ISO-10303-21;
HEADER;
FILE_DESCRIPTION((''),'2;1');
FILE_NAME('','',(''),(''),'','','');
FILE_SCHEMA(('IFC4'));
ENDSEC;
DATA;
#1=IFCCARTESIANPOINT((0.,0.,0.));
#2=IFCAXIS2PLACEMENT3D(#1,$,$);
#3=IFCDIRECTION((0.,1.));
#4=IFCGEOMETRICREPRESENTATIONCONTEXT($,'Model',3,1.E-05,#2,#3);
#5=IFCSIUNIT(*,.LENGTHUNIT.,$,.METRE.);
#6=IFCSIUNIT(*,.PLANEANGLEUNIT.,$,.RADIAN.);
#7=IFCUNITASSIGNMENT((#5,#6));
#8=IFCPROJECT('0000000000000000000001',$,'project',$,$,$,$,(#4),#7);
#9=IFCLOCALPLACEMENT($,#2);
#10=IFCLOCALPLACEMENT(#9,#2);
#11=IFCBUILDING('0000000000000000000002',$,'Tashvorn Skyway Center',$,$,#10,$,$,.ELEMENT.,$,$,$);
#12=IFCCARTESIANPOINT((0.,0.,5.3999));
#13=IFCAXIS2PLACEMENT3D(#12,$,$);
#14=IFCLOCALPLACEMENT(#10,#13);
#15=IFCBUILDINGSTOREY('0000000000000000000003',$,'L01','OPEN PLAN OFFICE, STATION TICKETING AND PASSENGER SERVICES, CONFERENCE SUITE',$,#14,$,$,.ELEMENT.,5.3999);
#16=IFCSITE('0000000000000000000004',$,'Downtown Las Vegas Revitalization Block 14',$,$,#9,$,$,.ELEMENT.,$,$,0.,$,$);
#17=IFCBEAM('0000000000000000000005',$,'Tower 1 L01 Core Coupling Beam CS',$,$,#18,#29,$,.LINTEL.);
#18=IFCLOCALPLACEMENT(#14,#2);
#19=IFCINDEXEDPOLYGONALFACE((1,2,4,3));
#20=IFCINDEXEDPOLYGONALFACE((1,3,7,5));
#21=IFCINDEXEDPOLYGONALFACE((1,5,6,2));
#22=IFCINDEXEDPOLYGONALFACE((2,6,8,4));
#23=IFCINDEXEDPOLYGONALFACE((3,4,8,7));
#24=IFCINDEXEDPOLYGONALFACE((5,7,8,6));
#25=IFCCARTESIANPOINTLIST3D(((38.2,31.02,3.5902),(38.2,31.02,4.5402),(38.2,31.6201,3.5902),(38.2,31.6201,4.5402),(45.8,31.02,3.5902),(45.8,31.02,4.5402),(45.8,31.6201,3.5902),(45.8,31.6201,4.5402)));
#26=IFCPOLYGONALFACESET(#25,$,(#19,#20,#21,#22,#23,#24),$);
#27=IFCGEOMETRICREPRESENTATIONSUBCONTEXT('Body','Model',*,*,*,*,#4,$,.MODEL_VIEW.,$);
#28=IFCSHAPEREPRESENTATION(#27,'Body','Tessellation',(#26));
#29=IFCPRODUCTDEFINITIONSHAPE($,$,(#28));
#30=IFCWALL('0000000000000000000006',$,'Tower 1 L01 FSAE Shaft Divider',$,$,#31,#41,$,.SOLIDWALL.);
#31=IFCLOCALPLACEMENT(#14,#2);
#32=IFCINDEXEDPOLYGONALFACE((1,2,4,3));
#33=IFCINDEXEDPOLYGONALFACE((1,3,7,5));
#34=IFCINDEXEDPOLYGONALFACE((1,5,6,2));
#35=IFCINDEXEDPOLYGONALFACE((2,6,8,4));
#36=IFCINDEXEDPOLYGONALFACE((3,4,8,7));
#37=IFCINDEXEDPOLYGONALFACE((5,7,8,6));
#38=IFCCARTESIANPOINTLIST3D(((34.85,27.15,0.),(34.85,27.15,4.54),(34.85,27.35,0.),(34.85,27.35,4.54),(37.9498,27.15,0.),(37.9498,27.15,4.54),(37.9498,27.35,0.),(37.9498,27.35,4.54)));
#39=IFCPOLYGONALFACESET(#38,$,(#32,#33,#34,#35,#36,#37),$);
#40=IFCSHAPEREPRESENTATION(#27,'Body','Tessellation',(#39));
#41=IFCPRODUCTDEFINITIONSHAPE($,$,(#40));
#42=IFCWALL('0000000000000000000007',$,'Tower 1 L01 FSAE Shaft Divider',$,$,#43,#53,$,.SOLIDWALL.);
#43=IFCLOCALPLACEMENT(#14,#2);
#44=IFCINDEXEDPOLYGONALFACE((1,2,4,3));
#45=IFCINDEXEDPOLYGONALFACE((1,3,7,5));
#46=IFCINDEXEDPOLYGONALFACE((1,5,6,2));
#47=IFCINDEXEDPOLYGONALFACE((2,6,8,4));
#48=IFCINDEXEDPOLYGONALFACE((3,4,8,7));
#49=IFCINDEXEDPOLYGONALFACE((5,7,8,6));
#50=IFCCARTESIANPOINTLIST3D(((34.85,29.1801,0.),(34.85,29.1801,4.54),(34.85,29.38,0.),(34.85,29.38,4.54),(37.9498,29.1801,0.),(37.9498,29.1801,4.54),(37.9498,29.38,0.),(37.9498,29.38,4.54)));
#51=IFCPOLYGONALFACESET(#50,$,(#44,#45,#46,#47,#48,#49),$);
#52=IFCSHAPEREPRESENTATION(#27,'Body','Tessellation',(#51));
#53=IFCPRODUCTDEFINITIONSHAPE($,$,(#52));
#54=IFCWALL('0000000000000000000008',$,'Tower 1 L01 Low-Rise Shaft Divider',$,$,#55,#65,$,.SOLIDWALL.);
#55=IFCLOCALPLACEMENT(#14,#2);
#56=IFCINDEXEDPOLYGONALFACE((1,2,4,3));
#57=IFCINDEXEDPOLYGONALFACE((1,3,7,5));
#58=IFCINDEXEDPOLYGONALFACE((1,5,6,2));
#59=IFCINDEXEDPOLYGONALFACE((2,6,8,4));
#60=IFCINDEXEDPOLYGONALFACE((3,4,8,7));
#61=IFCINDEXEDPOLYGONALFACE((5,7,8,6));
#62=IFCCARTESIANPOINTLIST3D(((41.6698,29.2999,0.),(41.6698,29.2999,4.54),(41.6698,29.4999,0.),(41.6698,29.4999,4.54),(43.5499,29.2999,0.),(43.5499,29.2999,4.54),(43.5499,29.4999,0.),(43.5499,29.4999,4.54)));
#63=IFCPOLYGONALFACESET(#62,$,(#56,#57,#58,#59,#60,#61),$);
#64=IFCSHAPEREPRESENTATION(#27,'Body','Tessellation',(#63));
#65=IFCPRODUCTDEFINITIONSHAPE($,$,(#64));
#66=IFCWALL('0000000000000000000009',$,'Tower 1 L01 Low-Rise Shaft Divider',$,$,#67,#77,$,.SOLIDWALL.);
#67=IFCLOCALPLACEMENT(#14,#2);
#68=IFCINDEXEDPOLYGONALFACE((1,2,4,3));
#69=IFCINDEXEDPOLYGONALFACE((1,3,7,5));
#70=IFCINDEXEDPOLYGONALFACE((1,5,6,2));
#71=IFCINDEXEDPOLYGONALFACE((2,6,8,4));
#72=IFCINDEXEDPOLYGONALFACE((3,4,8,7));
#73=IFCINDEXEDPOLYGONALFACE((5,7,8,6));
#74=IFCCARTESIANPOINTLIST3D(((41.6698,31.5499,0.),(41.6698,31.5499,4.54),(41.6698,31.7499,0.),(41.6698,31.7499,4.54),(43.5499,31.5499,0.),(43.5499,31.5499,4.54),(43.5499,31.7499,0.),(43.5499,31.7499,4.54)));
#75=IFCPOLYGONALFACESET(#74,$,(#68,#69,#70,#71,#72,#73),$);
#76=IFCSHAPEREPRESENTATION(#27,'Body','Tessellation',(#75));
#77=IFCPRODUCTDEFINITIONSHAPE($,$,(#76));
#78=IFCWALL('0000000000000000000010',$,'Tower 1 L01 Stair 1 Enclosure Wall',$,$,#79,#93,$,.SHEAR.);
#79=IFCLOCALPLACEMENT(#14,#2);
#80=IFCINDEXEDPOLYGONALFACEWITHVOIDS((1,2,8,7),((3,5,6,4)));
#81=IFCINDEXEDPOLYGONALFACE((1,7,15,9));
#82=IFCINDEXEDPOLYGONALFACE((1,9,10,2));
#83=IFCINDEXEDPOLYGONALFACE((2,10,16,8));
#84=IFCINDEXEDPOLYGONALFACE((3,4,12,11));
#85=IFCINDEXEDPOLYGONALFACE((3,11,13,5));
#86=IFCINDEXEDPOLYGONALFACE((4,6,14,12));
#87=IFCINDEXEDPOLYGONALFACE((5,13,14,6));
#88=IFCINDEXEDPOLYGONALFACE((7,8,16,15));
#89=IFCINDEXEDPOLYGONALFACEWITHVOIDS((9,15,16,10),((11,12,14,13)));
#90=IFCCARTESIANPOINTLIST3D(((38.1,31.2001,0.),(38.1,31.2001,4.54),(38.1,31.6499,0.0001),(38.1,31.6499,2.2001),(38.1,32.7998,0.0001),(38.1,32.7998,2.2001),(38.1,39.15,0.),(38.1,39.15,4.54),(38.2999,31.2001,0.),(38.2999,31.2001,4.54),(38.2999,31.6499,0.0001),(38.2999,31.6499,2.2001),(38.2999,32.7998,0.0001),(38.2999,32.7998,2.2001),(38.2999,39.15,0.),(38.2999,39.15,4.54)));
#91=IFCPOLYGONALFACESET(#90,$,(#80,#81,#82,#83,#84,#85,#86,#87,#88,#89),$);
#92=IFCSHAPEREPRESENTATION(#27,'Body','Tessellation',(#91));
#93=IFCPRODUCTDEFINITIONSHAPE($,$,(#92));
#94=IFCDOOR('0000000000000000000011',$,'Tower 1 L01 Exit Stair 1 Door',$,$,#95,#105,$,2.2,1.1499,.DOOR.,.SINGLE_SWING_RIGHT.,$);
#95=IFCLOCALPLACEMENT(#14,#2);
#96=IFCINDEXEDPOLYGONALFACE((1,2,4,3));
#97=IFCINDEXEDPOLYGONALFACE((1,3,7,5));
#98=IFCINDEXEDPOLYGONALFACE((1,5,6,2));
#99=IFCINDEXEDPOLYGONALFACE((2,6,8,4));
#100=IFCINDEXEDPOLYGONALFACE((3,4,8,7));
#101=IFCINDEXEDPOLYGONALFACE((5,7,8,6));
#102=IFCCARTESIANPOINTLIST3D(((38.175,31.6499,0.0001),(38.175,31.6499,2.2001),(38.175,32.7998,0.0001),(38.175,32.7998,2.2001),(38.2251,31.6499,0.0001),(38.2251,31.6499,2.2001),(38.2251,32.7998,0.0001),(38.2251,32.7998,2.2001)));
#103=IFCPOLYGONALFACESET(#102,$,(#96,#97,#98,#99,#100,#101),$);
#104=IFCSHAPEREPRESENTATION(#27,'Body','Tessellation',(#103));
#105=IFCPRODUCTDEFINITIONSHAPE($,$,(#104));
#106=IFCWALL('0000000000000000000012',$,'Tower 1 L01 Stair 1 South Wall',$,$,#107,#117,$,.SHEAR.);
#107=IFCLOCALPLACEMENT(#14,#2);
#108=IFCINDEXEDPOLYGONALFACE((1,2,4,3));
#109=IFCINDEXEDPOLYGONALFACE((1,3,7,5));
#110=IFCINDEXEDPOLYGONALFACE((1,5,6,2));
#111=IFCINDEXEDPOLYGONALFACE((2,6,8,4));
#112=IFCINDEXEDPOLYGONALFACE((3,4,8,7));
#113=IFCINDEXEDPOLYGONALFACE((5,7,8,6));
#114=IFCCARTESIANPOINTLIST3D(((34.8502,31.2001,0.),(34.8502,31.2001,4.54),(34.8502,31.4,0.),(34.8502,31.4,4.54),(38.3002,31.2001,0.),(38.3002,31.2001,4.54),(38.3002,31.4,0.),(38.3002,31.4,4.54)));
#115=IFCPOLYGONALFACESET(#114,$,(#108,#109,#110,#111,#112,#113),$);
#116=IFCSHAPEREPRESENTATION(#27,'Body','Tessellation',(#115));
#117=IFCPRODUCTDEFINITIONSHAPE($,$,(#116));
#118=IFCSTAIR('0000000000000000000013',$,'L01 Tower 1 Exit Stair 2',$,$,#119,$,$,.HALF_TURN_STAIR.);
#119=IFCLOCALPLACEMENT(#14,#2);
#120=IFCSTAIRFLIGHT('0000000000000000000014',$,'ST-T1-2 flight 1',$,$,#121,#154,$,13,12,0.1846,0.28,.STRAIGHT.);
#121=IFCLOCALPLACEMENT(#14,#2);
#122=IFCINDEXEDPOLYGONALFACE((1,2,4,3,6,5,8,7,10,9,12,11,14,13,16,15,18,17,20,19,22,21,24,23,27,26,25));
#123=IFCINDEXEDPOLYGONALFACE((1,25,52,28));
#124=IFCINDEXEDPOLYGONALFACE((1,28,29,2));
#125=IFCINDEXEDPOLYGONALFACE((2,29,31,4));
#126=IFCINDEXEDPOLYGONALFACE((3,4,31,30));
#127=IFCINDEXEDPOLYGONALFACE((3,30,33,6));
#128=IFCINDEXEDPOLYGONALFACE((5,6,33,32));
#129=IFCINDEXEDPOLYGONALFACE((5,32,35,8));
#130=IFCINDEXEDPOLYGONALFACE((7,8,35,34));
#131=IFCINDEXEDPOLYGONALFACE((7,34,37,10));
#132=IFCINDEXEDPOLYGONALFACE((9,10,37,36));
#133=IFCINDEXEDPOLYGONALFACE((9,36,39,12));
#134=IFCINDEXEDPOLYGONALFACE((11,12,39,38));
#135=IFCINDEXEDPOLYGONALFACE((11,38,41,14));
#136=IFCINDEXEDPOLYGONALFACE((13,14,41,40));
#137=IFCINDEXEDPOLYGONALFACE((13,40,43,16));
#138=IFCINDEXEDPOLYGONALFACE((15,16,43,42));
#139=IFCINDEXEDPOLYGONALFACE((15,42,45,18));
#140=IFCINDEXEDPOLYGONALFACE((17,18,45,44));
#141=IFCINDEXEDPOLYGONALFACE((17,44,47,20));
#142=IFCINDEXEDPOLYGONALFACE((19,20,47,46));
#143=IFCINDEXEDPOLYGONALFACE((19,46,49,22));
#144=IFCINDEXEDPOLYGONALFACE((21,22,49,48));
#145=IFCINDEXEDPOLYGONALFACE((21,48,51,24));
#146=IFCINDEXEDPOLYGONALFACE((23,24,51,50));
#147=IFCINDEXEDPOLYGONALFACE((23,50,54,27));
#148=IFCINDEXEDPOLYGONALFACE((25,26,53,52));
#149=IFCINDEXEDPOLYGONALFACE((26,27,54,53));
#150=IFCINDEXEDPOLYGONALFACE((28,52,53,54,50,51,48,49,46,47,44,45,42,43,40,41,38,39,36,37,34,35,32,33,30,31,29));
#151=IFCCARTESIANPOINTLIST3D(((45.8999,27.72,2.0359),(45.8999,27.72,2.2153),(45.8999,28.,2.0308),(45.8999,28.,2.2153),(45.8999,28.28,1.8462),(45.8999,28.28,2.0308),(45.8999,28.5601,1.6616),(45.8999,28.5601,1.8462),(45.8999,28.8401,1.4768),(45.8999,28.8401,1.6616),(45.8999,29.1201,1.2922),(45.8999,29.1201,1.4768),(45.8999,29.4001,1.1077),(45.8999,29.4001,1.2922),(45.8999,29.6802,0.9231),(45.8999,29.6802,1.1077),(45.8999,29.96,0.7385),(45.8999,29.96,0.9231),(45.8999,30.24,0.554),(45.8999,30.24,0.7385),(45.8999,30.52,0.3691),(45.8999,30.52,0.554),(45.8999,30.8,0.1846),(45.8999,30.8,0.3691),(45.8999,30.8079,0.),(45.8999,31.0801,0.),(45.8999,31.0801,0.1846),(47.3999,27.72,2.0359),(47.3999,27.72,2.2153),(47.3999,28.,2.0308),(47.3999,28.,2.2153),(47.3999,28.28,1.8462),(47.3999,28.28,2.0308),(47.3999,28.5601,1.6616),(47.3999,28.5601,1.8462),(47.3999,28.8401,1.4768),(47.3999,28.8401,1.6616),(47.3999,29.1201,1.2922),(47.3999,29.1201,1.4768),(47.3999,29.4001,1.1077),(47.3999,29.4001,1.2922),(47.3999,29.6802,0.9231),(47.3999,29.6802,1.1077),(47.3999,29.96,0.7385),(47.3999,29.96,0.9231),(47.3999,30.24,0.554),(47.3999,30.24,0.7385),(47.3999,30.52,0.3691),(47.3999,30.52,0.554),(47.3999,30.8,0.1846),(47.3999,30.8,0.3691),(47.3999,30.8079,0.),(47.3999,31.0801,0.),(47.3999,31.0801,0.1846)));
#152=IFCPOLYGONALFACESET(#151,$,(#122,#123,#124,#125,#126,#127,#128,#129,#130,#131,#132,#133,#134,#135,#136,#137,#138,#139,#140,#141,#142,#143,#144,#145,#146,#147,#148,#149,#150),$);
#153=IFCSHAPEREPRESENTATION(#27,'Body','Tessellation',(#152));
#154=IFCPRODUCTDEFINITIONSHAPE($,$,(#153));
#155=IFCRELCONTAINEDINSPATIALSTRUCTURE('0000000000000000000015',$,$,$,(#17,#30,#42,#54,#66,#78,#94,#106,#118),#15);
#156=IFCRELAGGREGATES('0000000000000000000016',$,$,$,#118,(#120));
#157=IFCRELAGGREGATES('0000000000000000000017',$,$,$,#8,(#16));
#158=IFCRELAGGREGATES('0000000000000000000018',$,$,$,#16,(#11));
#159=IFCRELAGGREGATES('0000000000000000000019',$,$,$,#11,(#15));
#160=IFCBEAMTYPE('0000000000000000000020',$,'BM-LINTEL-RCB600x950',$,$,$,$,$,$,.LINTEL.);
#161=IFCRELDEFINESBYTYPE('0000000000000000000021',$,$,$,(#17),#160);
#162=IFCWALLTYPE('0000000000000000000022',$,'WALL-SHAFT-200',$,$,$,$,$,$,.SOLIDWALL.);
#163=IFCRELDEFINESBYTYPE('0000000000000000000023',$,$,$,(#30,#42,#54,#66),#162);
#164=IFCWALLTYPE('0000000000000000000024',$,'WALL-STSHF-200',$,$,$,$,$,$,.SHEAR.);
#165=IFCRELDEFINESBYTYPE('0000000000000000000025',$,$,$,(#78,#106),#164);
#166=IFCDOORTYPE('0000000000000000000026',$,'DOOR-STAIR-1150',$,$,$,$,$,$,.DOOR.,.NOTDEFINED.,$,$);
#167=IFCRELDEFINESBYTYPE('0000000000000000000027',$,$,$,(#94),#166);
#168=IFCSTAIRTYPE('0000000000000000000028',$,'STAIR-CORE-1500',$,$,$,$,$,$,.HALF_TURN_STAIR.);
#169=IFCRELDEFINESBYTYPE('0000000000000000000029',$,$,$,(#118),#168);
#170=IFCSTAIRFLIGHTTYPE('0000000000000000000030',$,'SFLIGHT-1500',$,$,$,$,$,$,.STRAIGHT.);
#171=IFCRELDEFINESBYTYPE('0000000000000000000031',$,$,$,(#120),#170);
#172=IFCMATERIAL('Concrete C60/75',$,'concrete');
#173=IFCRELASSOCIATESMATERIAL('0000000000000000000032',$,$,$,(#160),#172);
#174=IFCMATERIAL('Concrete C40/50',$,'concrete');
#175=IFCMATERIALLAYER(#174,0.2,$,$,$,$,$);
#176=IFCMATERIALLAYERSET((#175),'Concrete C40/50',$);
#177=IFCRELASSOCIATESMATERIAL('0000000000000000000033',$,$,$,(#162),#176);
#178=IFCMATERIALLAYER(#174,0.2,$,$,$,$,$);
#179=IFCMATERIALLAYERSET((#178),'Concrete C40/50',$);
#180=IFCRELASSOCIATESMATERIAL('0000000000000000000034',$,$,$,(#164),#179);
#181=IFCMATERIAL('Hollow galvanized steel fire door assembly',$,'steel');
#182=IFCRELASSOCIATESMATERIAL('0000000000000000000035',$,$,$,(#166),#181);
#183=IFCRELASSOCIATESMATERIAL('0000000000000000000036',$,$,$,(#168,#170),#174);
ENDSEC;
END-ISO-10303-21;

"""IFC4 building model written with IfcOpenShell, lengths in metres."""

from ifc_helpers import new_model, si_unit, direction, frame, frame_2d, origin, origin_2d, place, context, subcontext, project, spatial, polyline, rectangle, outline, extrude, material, layer, layer_set, material_profile, profile_set, type_object, element, fill, aggregate, save


model = new_model("IFC4")

# Units and contexts
model_context = context("Model", 3, precision=1e-05, world=origin(), true_north=direction((0.0, 1.0)))
body_context = subcontext(model_context, "Body", "Model", "MODEL_VIEW")
ifc_project = project(units=[si_unit("LENGTHUNIT", "METRE"), si_unit("PLANEANGLEUNIT", "RADIAN")], contexts=[model_context])

# Site, building, storey
site_placement = place(None, origin())
site = spatial("IfcSite", under=ifc_project, at=site_placement, Name="Downtown Las Vegas Revitalization Block 14", CompositionType="ELEMENT", RefElevation=0.0)
building_placement = place(site_placement, origin())
building = spatial("IfcBuilding", under=site, at=building_placement, Name="Tashvorn Skyway Center", CompositionType="ELEMENT")
storey_placement = place(building_placement, frame((0.0, 0.0, 5.3999)))
storey = spatial("IfcBuildingStorey", under=building, at=storey_placement, Name="L01", Description="OPEN PLAN OFFICE, STATION TICKETING AND PASSENGER SERVICES, CONFERENCE SUITE", CompositionType="ELEMENT", Elevation=5.3999)

# Beam
ifc_material_1 = material(Name="Concrete C60/75", Category="concrete")
ifc_material_profile = material_profile(ifc_material_1, rectangle(XDim=0.6001, YDim=0.95, at=origin_2d()), Name="RCB600x950")
ifc_profile_set = profile_set([ifc_material_profile], Name="Concrete C60/75")
beam_type = type_object("IfcBeamType", Name="BM-LINTEL-RCB600x950", PredefinedType="LINTEL", material=ifc_profile_set)
beam_placement = place(storey_placement, frame((38.2, 31.3201, 4.0652), z_axis=(1.0, 0.0, 0.0), x_axis=(0.0, 1.0, 0.0)))
element("IfcBeam", 1, at=beam_placement, inside=storey, type_object=beam_type, Name="Tower 1 L01 Core Coupling Beam CS", PredefinedType="LINTEL", context=body_context, shape_type="SweptSolid", body=[
    extrude(rectangle(XDim=0.6001, YDim=0.95, at=origin_2d()), origin(), (0.0, 0.0, 1.0), 7.6001),
])

# Walls
ifc_material_2 = material(Name="Concrete C40/50", Category="concrete")
ifc_layer_1 = layer(ifc_material_2, 0.2)
ifc_layer_set_1 = layer_set([ifc_layer_1], Name="Concrete C40/50")
wall_type_1 = type_object("IfcWallType", Name="WALL-SHAFT-200", PredefinedType="SOLIDWALL", material=ifc_layer_set_1)
for number, where, z_axis, x_axis, name in (
    (2, (34.8501, 27.25, 0.0), (0.0, 0.0, 1.0), (1.0, 0.0, 0.0), "Tower 1 L01 FSAE Shaft Divider"),
    (3, (34.8501, 29.28, 0.0), (0.0, 0.0, 1.0), (1.0, 0.0, 0.0), "Tower 1 L01 FSAE Shaft Divider"),
):
    element("IfcWall", number, at=place(storey_placement, frame(where, z_axis=z_axis, x_axis=x_axis)), inside=storey, type_object=wall_type_1, Name=name, PredefinedType="SOLIDWALL", context=body_context, shape_type="SweptSolid", body=[
        extrude(rectangle(XDim=3.0999, YDim=0.2, at=frame_2d((1.5498, 0.0))), origin(), (0.0, 0.0, 1.0), 4.54),
    ])
for number, where, z_axis, x_axis, name in (
    (4, (41.6699, 29.3999, 0.0), (0.0, 0.0, 1.0), (1.0, 0.0, 0.0), "Tower 1 L01 Low-Rise Shaft Divider"),
    (5, (41.6699, 31.6499, 0.0), (0.0, 0.0, 1.0), (1.0, 0.0, 0.0), "Tower 1 L01 Low-Rise Shaft Divider"),
):
    element("IfcWall", number, at=place(storey_placement, frame(where, z_axis=z_axis, x_axis=x_axis)), inside=storey, type_object=wall_type_1, Name=name, PredefinedType="SOLIDWALL", context=body_context, shape_type="SweptSolid", body=[
        extrude(rectangle(XDim=1.8801, YDim=0.2, at=frame_2d((0.9399, 0.0))), origin(), (0.0, 0.0, 1.0), 4.54),
    ])

# Wall, opening, door
ifc_layer_2 = layer(ifc_material_2, 0.2)
ifc_layer_set_2 = layer_set([ifc_layer_2], Name="Concrete C40/50")
wall_type_2 = type_object("IfcWallType", Name="WALL-STSHF-200", PredefinedType="SHEAR", material=ifc_layer_set_2)
wall_1_placement = place(storey_placement, frame((38.2, 31.2, 0.0), z_axis=(0.0, 0.0, 1.0), x_axis=(0.0, 1.0, 0.0)))
wall_1 = element("IfcWall", 6, at=wall_1_placement, inside=storey, type_object=wall_type_2, Name="Tower 1 L01 Stair 1 Enclosure Wall", PredefinedType="SHEAR", context=body_context, shape_type="SweptSolid", body=[
    extrude(rectangle(XDim=7.95, YDim=0.2, at=frame_2d((3.9751, 0.0))), origin(), (0.0, 0.0, 1.0), 4.54),
])
opening_placement = place(wall_1_placement, frame((0.45, 0.0, 0.0)))
opening = element("IfcOpeningElement", 7, at=opening_placement, cuts=wall_1, PredefinedType="OPENING", context=body_context, shape_type="SweptSolid", body=[
    extrude(rectangle(XDim=1.1499, YDim=2.2, at=frame_2d((0.575, 1.1001))), frame((0.0, 0.1099, 0.0), z_axis=(0.0, -1.0, 0.0), x_axis=(1.0, 0.0, 0.0)), (0.0, 0.0, 1.0), 0.22),
])
ifc_material_3 = material(Name="Hollow galvanized steel fire door assembly", Category="steel")
door_type = type_object("IfcDoorType", Name="DOOR-STAIR-1150", OperationType="NOTDEFINED", PredefinedType="DOOR", material=ifc_material_3)
door_placement = place(opening_placement, origin())
door = element("IfcDoor", 8, at=door_placement, inside=storey, type_object=door_type, Name="Tower 1 L01 Exit Stair 1 Door", OperationType="SINGLE_SWING_RIGHT", OverallHeight=2.2, OverallWidth=1.1499, PredefinedType="DOOR", context=body_context, shape_type="SweptSolid", body=[
    extrude(rectangle(XDim=1.1499, YDim=2.2, at=frame_2d((0.575, 1.1001))), frame((0.0, 0.0249, 0.0), z_axis=(0.0, -1.0, 0.0), x_axis=(1.0, 0.0, 0.0)), (0.0, 0.0, 1.0), 0.05),
])
fill(opening, door)

# Wall
wall_2_placement = place(storey_placement, frame((34.8501, 31.3, 0.0), z_axis=(0.0, 0.0, 1.0), x_axis=(1.0, 0.0, 0.0)))
element("IfcWall", 9, at=wall_2_placement, inside=storey, type_object=wall_type_2, Name="Tower 1 L01 Stair 1 South Wall", PredefinedType="SHEAR", context=body_context, shape_type="SweptSolid", body=[
    extrude(rectangle(XDim=3.45, YDim=0.2, at=frame_2d((1.7251, 0.0))), origin(), (0.0, 0.0, 1.0), 4.54),
])

# Stair, stair flight
stair_type = type_object("IfcStairType", Name="STAIR-CORE-1500", PredefinedType="HALF_TURN_STAIR", material=ifc_material_2)
stair_1_placement = place(storey_placement, origin())
stair_1 = element("IfcStair", 10, at=stair_1_placement, inside=storey, type_object=stair_type, Name="L01 Tower 1 Exit Stair 2", PredefinedType="HALF_TURN_STAIR")
stair_flight_type = type_object("IfcStairFlightType", Name="SFLIGHT-1500", PredefinedType="STRAIGHT", material=ifc_material_2)
stair_flight_1_placement = place(storey_placement, frame((46.6499, 31.0801, 0.0), z_axis=(0.0, 0.0, 1.0), x_axis=(0.0, -1.0, 0.0)))
stair_flight_1 = element("IfcStairFlight", 11, at=stair_flight_1_placement, type_object=stair_flight_type, Name="ST-T1-2 flight 1", NumberOfRisers=13, NumberOfTreads=12, PredefinedType="STRAIGHT", RiserHeight=0.1846, TreadLength=0.28, context=body_context, shape_type="SweptSolid", body=[
    extrude(outline(polyline([(0.0, 0.0), (0.0, 0.1846), (0.28, 0.1846), (0.28, 0.3691), (0.5601, 0.3691), (0.5601, 0.554), (0.8401, 0.554), (0.8401, 0.7385), (1.1201, 0.7385), (1.1201, 0.9231), (1.3999, 0.9231), (1.3999, 1.1077), (1.6799, 1.1077), (1.6799, 1.2922), (1.96, 1.2922), (1.96, 1.4768), (2.24, 1.4768), (2.24, 1.6616), (2.52, 1.6616), (2.52, 1.8462), (2.8, 1.8462), (2.8, 2.0308), (3.0801, 2.0308), (3.0801, 2.2153), (3.3601, 2.2153), (3.3601, 2.3999), (3.3601, 2.0359), (0.2722, 0.0), (0.0, 0.0)])), frame((0.0, 0.75, 0.0), z_axis=(0.0, -1.0, 0.0), x_axis=(1.0, 0.0, 0.0)), (0.0, 0.0, 1.0), 1.5),
])
aggregate(stair_1, [stair_flight_1])

save(model, "model.ifc")
